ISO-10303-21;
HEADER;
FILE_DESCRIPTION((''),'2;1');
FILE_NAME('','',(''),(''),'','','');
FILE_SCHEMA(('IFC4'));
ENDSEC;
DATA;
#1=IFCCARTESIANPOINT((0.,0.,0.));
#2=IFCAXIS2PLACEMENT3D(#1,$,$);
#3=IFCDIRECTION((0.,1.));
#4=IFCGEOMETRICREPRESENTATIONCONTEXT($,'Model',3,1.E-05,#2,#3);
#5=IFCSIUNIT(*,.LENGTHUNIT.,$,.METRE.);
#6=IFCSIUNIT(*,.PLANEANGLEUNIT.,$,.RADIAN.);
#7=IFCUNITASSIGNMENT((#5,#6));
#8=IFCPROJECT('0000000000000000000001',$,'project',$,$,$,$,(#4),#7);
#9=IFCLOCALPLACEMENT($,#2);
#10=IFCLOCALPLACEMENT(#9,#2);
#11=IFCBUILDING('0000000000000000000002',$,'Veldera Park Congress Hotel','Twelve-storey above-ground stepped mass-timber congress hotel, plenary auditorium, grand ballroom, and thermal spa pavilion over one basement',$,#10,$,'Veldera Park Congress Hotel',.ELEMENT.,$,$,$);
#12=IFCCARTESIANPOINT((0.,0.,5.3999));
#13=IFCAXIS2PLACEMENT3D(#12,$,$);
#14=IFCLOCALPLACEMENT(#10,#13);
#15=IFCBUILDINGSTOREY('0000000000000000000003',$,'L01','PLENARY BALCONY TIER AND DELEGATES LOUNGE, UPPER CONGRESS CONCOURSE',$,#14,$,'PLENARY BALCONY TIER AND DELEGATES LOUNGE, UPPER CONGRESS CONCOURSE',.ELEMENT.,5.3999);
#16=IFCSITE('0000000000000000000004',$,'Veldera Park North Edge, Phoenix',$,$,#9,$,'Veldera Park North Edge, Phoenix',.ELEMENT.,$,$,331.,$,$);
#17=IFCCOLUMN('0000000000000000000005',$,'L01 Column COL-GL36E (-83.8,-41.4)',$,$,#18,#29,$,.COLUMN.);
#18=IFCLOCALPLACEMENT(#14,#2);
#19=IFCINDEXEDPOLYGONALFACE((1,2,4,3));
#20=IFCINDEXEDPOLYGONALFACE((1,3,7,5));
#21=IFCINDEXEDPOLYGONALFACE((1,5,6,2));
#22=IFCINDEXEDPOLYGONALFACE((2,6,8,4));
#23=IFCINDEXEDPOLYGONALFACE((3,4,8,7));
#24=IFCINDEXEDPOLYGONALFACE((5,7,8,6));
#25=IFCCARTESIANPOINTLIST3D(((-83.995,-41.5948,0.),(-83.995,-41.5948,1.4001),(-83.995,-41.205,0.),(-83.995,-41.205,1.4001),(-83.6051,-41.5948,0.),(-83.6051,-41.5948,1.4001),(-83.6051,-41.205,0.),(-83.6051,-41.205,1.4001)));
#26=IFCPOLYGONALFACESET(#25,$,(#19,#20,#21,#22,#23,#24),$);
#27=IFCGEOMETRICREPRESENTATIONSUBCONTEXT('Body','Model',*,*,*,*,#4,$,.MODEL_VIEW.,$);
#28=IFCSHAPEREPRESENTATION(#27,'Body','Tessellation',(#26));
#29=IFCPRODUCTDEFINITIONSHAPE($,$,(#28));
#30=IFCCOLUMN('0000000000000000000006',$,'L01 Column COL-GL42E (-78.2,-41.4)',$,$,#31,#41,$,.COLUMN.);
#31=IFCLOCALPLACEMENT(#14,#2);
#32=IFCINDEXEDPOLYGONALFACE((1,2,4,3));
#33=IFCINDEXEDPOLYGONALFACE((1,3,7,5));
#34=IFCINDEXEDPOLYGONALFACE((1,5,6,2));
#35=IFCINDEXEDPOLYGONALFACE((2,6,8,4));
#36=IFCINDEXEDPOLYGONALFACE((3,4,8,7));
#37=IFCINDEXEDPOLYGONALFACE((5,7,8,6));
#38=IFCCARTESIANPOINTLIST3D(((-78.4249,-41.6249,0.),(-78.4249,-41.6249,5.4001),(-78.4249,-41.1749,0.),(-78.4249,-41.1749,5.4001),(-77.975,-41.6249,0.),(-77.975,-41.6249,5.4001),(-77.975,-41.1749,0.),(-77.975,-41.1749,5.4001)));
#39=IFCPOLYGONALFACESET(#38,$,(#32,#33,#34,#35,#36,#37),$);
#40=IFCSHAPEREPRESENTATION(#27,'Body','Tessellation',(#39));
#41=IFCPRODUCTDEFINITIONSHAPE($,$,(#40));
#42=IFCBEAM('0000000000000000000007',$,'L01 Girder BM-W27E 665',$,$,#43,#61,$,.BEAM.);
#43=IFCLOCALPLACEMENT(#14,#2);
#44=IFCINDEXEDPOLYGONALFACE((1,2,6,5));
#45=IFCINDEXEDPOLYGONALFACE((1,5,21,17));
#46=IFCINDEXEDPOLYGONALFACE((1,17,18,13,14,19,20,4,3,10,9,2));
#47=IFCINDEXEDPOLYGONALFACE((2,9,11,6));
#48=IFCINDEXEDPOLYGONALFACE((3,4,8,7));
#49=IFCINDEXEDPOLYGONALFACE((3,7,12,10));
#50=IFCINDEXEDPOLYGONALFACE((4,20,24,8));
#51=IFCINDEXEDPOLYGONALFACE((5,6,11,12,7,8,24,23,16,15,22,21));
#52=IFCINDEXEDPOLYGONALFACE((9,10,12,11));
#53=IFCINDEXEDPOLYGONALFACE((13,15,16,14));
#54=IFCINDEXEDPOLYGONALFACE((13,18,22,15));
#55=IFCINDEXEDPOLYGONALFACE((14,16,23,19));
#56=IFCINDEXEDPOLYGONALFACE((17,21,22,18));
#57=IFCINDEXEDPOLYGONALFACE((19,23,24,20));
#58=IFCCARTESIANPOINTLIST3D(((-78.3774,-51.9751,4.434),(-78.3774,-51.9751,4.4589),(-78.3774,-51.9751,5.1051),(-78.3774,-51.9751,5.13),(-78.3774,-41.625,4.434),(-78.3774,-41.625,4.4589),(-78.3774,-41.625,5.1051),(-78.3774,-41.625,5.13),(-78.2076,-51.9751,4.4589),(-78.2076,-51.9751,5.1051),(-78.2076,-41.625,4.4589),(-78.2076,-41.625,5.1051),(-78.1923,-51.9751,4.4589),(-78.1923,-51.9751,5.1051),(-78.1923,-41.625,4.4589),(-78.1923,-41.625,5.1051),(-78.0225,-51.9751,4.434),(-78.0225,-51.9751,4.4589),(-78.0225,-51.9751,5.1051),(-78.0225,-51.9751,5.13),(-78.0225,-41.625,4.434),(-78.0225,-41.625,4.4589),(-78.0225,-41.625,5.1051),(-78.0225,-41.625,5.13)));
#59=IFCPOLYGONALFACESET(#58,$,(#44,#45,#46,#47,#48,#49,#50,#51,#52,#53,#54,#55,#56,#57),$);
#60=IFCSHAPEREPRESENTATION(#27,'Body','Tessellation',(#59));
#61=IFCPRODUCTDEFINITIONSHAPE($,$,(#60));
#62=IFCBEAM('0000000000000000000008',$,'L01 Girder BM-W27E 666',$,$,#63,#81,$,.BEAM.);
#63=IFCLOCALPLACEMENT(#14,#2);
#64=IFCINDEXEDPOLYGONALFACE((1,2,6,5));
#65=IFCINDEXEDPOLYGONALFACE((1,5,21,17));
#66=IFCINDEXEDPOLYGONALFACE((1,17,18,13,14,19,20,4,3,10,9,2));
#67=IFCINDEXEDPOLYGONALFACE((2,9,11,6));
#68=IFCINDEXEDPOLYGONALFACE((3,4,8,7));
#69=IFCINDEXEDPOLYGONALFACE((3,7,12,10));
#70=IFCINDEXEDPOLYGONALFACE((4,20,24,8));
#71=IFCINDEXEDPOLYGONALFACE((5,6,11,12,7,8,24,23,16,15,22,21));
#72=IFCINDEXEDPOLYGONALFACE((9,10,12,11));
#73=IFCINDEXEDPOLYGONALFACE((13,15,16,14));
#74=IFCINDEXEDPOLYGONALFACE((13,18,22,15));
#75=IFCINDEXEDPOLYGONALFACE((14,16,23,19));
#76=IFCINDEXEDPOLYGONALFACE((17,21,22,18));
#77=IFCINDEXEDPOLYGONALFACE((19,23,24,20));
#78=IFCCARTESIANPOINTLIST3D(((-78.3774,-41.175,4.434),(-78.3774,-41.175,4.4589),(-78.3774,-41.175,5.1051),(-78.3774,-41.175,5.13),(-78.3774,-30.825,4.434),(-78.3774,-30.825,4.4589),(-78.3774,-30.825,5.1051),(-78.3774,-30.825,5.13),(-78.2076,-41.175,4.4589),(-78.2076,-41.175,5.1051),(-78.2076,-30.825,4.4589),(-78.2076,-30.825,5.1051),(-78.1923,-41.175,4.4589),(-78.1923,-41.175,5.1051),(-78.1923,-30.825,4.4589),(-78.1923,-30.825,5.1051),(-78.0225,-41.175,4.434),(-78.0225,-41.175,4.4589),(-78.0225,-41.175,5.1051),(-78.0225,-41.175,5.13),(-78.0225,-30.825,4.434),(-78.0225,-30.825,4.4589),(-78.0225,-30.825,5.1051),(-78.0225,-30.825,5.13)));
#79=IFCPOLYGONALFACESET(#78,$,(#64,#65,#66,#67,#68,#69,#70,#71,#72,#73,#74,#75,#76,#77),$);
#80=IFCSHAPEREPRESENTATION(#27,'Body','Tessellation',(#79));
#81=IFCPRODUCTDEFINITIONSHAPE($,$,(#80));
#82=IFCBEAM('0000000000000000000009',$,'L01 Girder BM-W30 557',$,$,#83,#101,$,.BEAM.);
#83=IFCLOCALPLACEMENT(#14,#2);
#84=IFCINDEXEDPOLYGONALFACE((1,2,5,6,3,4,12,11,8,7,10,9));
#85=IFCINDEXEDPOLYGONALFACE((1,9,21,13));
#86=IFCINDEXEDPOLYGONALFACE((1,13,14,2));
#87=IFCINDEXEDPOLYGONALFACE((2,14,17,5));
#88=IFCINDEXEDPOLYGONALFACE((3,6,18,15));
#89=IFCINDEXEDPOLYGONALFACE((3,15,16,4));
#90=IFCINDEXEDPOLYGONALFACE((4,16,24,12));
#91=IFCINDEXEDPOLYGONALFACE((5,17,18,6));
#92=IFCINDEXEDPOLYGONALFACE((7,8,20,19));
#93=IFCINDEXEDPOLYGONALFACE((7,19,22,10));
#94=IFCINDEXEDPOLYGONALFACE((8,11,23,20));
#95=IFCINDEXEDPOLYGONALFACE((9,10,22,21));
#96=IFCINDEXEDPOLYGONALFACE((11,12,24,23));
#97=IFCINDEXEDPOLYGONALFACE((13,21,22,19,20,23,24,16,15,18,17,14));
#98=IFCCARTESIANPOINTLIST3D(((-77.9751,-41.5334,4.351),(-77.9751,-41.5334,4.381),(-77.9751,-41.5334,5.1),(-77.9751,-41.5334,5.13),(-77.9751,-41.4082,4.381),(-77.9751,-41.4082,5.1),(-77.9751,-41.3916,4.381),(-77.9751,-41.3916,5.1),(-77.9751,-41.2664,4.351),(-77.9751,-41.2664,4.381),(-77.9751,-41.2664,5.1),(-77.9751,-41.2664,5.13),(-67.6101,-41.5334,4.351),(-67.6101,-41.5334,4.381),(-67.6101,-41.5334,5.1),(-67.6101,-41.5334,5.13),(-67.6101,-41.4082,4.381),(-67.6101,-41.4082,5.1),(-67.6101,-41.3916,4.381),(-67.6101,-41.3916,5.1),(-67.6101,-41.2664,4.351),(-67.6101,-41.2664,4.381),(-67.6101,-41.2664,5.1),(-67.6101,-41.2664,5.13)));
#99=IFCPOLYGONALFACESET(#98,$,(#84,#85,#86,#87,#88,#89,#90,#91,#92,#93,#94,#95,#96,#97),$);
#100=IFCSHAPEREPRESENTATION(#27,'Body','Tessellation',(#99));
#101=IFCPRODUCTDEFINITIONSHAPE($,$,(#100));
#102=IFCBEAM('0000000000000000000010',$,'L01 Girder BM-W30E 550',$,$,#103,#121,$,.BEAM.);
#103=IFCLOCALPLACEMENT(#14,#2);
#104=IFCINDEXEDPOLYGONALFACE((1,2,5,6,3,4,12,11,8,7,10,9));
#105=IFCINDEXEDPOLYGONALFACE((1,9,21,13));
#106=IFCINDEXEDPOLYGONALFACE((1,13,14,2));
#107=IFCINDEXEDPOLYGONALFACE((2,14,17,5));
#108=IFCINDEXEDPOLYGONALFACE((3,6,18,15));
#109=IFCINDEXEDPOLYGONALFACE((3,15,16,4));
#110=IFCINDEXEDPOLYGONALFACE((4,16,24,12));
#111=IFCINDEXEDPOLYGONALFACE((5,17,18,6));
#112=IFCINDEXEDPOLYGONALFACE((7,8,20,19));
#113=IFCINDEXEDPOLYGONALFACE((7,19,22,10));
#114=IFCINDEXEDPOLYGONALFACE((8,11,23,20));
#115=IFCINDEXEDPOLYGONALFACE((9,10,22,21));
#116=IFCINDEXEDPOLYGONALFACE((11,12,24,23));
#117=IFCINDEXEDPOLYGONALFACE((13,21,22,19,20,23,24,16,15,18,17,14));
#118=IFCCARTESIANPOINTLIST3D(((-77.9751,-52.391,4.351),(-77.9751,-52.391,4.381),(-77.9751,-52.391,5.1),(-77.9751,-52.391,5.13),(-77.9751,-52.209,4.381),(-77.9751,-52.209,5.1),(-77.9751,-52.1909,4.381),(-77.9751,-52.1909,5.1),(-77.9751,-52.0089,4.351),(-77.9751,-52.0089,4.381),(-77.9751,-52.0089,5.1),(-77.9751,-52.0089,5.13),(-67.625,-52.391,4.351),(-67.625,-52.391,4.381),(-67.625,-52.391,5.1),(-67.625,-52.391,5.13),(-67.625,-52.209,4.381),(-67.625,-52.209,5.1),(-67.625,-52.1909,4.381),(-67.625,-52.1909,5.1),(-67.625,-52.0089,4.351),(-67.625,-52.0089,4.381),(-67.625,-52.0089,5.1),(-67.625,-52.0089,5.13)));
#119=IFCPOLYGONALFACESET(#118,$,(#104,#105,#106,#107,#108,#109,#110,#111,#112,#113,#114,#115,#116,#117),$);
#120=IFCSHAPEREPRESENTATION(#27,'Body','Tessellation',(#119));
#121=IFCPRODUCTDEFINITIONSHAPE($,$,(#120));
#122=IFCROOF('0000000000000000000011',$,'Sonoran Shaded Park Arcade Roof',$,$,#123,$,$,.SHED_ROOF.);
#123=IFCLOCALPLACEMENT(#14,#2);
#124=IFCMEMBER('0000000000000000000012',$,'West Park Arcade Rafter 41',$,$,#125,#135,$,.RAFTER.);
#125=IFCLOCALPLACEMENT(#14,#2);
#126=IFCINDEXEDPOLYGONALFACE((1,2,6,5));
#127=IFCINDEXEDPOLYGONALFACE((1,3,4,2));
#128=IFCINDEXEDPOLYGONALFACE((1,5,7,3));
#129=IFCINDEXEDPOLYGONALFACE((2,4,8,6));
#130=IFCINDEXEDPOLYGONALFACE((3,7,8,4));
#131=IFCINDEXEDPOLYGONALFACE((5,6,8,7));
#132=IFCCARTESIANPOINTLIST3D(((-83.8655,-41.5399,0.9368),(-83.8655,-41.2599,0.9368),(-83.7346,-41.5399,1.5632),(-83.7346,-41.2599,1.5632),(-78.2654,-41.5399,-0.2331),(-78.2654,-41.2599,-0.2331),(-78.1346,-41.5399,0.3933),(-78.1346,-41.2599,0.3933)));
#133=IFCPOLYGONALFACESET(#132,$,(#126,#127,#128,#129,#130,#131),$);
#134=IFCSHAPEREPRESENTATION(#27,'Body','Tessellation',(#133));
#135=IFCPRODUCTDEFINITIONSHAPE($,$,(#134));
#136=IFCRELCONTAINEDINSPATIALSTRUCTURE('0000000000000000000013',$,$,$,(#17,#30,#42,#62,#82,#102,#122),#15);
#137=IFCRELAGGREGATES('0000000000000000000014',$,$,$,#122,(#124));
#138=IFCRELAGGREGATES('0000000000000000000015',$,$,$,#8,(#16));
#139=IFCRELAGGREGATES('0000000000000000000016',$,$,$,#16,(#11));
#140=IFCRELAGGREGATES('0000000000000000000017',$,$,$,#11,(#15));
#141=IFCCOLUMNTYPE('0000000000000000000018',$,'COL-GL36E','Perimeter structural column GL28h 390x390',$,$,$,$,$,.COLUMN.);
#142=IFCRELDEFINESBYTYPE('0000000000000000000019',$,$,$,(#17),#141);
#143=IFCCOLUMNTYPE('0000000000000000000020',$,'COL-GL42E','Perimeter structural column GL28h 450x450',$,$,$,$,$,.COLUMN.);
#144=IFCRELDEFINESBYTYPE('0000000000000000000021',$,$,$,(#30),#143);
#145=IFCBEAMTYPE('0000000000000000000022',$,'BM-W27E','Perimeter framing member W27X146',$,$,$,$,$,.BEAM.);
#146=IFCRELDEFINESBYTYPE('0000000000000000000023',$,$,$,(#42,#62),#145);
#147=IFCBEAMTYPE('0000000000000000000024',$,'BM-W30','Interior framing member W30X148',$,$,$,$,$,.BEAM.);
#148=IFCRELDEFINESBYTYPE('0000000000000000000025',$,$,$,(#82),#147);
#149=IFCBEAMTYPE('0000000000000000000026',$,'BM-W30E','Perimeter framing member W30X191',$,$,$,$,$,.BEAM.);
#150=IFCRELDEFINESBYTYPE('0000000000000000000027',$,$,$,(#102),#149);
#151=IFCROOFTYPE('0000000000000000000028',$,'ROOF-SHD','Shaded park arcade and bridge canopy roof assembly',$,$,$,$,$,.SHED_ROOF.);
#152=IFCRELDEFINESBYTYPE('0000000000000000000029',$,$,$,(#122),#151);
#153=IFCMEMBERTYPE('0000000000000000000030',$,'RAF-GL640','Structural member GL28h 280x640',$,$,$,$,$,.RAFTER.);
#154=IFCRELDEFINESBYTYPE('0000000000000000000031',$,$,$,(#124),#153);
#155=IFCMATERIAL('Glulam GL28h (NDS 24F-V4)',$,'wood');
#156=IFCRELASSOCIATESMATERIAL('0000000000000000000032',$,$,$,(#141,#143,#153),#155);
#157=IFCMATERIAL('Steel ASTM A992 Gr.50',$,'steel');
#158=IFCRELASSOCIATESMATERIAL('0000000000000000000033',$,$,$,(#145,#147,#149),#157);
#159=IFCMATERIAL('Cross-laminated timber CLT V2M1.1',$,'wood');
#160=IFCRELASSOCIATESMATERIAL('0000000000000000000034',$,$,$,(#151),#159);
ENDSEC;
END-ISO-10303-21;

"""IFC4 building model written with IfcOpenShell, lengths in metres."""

from ifc_helpers import new_model, si_unit, direction, frame, origin, origin_2d, place, context, subcontext, project, spatial, rectangle, i_section, extrude, material, material_profile, profile_set, type_object, element, aggregate, save


model = new_model("IFC4")

# Units and contexts
model_context = context("Model", 3, precision=1e-05, world=origin(), true_north=direction((0.0, 1.0)))
body_context = subcontext(model_context, "Body", "Model", "MODEL_VIEW")
ifc_project = project(units=[si_unit("LENGTHUNIT", "METRE"), si_unit("PLANEANGLEUNIT", "RADIAN")], contexts=[model_context])

# Site, building, storey
site_placement = place(None, origin())
site = spatial("IfcSite", under=ifc_project, at=site_placement, Name="Veldera Park North Edge, Phoenix", LongName="Veldera Park North Edge, Phoenix", CompositionType="ELEMENT", RefElevation=331.0)
building_placement = place(site_placement, origin())
building = spatial("IfcBuilding", under=site, at=building_placement, Name="Veldera Park Congress Hotel", Description="Twelve-storey above-ground stepped mass-timber congress hotel, plenary auditorium, grand ballroom, and thermal spa pavilion over one basement", LongName="Veldera Park Congress Hotel", CompositionType="ELEMENT")
storey_placement = place(building_placement, frame((0.0, 0.0, 5.3999)))
storey = spatial("IfcBuildingStorey", under=building, at=storey_placement, Name="L01", Description="PLENARY BALCONY TIER AND DELEGATES LOUNGE, UPPER CONGRESS CONCOURSE", LongName="PLENARY BALCONY TIER AND DELEGATES LOUNGE, UPPER CONGRESS CONCOURSE", CompositionType="ELEMENT", Elevation=5.3999)

# Columns
ifc_material_1 = material(Name="Glulam GL28h (NDS 24F-V4)", Category="wood")
ifc_material_profile_1 = material_profile(ifc_material_1, rectangle(XDim=0.3899, YDim=0.3899, at=origin_2d()), Name="GL28h 390x390")
ifc_profile_set_1 = profile_set([ifc_material_profile_1], Name="Glulam GL28h (NDS 24F-V4)")
column_type_1 = type_object("IfcColumnType", Name="COL-GL36E", Description="Perimeter structural column GL28h 390x390", PredefinedType="COLUMN", material=ifc_profile_set_1)
column_1_placement = place(storey_placement, frame((-83.8, -41.3999, 0.0), z_axis=(0.0, 0.0, 1.0), x_axis=(1.0, 0.0, 0.0)))
element("IfcColumn", 1, at=column_1_placement, inside=storey, type_object=column_type_1, Name="L01 Column COL-GL36E (-83.8,-41.4)", PredefinedType="COLUMN", context=body_context, shape_type="SweptSolid", body=[
    extrude(rectangle(XDim=0.3899, YDim=0.3899, at=origin_2d()), origin(), (0.0, 0.0, 1.0), 1.4001),
])
ifc_material_profile_2 = material_profile(ifc_material_1, rectangle(XDim=0.45, YDim=0.45, at=origin_2d()), Name="GL28h 450x450")
ifc_profile_set_2 = profile_set([ifc_material_profile_2], Name="Glulam GL28h (NDS 24F-V4)")
column_type_2 = type_object("IfcColumnType", Name="COL-GL42E", Description="Perimeter structural column GL28h 450x450", PredefinedType="COLUMN", material=ifc_profile_set_2)
column_2_placement = place(storey_placement, frame((-78.2, -41.3999, 0.0), z_axis=(0.0, 0.0, 1.0), x_axis=(1.0, 0.0, 0.0)))
element("IfcColumn", 2, at=column_2_placement, inside=storey, type_object=column_type_2, Name="L01 Column COL-GL42E (-78.2,-41.4)", PredefinedType="COLUMN", context=body_context, shape_type="SweptSolid", body=[
    extrude(rectangle(XDim=0.45, YDim=0.45, at=origin_2d()), origin(), (0.0, 0.0, 1.0), 5.4001),
])

# Beams
ifc_material_2 = material(Name="Steel ASTM A992 Gr.50", Category="steel")
ifc_material_profile_3 = material_profile(ifc_material_2, i_section(OverallWidth=0.355, OverallDepth=0.696, WebThickness=0.0154, FlangeThickness=0.0249, at=origin_2d()), Name="W27X146")
ifc_profile_set_3 = profile_set([ifc_material_profile_3], Name="Steel ASTM A992 Gr.50")
beam_type_1 = type_object("IfcBeamType", Name="BM-W27E", Description="Perimeter framing member W27X146", PredefinedType="BEAM", material=ifc_profile_set_3)
for number, where, z_axis, x_axis, name in (
    (3, (-78.2, -51.9751, 4.782), (0.0, 1.0, 0.0), (-1.0, 0.0, 0.0), "L01 Girder BM-W27E 665"),
    (4, (-78.2, -41.175, 4.782), (0.0, 1.0, 0.0), (-1.0, 0.0, 0.0), "L01 Girder BM-W27E 666"),
):
    element("IfcBeam", number, at=place(storey_placement, frame(where, z_axis=z_axis, x_axis=x_axis)), inside=storey, type_object=beam_type_1, Name=name, PredefinedType="BEAM", context=body_context, shape_type="SweptSolid", body=[
        extrude(i_section(OverallWidth=0.355, OverallDepth=0.696, WebThickness=0.0154, FlangeThickness=0.0249, at=origin_2d()), origin(), (0.0, 0.0, 1.0), 10.3501),
    ])
ifc_material_profile_4 = material_profile(ifc_material_2, i_section(OverallWidth=0.2671, OverallDepth=0.7791, WebThickness=0.0166, FlangeThickness=0.03, at=origin_2d()), Name="W30X148")
ifc_profile_set_4 = profile_set([ifc_material_profile_4], Name="Steel ASTM A992 Gr.50")
beam_type_2 = type_object("IfcBeamType", Name="BM-W30", Description="Interior framing member W30X148", PredefinedType="BEAM", material=ifc_profile_set_4)
beam_1_placement = place(storey_placement, frame((-77.9751, -41.3999, 4.7405), z_axis=(1.0, 0.0, 0.0), x_axis=(0.0, 1.0, 0.0)))
element("IfcBeam", 5, at=beam_1_placement, inside=storey, type_object=beam_type_2, Name="L01 Girder BM-W30 557", PredefinedType="BEAM", context=body_context, shape_type="SweptSolid", body=[
    extrude(i_section(OverallWidth=0.2671, OverallDepth=0.7791, WebThickness=0.0166, FlangeThickness=0.03, at=origin_2d()), origin(), (0.0, 0.0, 1.0), 10.365),
])
ifc_material_profile_5 = material_profile(ifc_material_2, i_section(OverallWidth=0.3821, OverallDepth=0.7791, WebThickness=0.0181, FlangeThickness=0.03, at=origin_2d()), Name="W30X191")
ifc_profile_set_5 = profile_set([ifc_material_profile_5], Name="Steel ASTM A992 Gr.50")
beam_type_3 = type_object("IfcBeamType", Name="BM-W30E", Description="Perimeter framing member W30X191", PredefinedType="BEAM", material=ifc_profile_set_5)
beam_2_placement = place(storey_placement, frame((-77.9751, -52.2, 4.7405), z_axis=(1.0, 0.0, 0.0), x_axis=(0.0, 1.0, 0.0)))
element("IfcBeam", 6, at=beam_2_placement, inside=storey, type_object=beam_type_3, Name="L01 Girder BM-W30E 550", PredefinedType="BEAM", context=body_context, shape_type="SweptSolid", body=[
    extrude(i_section(OverallWidth=0.3821, OverallDepth=0.7791, WebThickness=0.0181, FlangeThickness=0.03, at=origin_2d()), origin(), (0.0, 0.0, 1.0), 10.3501),
])

# Roof, member
ifc_material_3 = material(Name="Cross-laminated timber CLT V2M1.1", Category="wood")
roof_type = type_object("IfcRoofType", Name="ROOF-SHD", Description="Shaded park arcade and bridge canopy roof assembly", PredefinedType="SHED_ROOF", material=ifc_material_3)
roof_placement = place(storey_placement, origin())
roof = element("IfcRoof", 7, at=roof_placement, inside=storey, type_object=roof_type, Name="Sonoran Shaded Park Arcade Roof", PredefinedType="SHED_ROOF")
ifc_material_profile_6 = material_profile(ifc_material_1, rectangle(XDim=0.28, YDim=0.6399, at=origin_2d()), Name="GL28h 280x640")
ifc_profile_set_6 = profile_set([ifc_material_profile_6], Name="Glulam GL28h (NDS 24F-V4)")
member_type = type_object("IfcMemberType", Name="RAF-GL640", Description="Structural member GL28h 280x640", PredefinedType="RAFTER", material=ifc_profile_set_6)
member_placement = place(storey_placement, frame((-83.8, -41.3999, 1.25), z_axis=(0.978867, 0.0, -0.204496), x_axis=(0.0, 1.0, 0.0)))
member = element("IfcMember", 8, at=member_placement, type_object=member_type, Name="West Park Arcade Rafter 41", PredefinedType="RAFTER", context=body_context, shape_type="SweptSolid", body=[
    extrude(rectangle(XDim=0.28, YDim=0.6399, at=origin_2d()), origin(), (0.0, 0.0, 1.0), 5.7209),
])
aggregate(roof, [member])

save(model, "model.ifc")
